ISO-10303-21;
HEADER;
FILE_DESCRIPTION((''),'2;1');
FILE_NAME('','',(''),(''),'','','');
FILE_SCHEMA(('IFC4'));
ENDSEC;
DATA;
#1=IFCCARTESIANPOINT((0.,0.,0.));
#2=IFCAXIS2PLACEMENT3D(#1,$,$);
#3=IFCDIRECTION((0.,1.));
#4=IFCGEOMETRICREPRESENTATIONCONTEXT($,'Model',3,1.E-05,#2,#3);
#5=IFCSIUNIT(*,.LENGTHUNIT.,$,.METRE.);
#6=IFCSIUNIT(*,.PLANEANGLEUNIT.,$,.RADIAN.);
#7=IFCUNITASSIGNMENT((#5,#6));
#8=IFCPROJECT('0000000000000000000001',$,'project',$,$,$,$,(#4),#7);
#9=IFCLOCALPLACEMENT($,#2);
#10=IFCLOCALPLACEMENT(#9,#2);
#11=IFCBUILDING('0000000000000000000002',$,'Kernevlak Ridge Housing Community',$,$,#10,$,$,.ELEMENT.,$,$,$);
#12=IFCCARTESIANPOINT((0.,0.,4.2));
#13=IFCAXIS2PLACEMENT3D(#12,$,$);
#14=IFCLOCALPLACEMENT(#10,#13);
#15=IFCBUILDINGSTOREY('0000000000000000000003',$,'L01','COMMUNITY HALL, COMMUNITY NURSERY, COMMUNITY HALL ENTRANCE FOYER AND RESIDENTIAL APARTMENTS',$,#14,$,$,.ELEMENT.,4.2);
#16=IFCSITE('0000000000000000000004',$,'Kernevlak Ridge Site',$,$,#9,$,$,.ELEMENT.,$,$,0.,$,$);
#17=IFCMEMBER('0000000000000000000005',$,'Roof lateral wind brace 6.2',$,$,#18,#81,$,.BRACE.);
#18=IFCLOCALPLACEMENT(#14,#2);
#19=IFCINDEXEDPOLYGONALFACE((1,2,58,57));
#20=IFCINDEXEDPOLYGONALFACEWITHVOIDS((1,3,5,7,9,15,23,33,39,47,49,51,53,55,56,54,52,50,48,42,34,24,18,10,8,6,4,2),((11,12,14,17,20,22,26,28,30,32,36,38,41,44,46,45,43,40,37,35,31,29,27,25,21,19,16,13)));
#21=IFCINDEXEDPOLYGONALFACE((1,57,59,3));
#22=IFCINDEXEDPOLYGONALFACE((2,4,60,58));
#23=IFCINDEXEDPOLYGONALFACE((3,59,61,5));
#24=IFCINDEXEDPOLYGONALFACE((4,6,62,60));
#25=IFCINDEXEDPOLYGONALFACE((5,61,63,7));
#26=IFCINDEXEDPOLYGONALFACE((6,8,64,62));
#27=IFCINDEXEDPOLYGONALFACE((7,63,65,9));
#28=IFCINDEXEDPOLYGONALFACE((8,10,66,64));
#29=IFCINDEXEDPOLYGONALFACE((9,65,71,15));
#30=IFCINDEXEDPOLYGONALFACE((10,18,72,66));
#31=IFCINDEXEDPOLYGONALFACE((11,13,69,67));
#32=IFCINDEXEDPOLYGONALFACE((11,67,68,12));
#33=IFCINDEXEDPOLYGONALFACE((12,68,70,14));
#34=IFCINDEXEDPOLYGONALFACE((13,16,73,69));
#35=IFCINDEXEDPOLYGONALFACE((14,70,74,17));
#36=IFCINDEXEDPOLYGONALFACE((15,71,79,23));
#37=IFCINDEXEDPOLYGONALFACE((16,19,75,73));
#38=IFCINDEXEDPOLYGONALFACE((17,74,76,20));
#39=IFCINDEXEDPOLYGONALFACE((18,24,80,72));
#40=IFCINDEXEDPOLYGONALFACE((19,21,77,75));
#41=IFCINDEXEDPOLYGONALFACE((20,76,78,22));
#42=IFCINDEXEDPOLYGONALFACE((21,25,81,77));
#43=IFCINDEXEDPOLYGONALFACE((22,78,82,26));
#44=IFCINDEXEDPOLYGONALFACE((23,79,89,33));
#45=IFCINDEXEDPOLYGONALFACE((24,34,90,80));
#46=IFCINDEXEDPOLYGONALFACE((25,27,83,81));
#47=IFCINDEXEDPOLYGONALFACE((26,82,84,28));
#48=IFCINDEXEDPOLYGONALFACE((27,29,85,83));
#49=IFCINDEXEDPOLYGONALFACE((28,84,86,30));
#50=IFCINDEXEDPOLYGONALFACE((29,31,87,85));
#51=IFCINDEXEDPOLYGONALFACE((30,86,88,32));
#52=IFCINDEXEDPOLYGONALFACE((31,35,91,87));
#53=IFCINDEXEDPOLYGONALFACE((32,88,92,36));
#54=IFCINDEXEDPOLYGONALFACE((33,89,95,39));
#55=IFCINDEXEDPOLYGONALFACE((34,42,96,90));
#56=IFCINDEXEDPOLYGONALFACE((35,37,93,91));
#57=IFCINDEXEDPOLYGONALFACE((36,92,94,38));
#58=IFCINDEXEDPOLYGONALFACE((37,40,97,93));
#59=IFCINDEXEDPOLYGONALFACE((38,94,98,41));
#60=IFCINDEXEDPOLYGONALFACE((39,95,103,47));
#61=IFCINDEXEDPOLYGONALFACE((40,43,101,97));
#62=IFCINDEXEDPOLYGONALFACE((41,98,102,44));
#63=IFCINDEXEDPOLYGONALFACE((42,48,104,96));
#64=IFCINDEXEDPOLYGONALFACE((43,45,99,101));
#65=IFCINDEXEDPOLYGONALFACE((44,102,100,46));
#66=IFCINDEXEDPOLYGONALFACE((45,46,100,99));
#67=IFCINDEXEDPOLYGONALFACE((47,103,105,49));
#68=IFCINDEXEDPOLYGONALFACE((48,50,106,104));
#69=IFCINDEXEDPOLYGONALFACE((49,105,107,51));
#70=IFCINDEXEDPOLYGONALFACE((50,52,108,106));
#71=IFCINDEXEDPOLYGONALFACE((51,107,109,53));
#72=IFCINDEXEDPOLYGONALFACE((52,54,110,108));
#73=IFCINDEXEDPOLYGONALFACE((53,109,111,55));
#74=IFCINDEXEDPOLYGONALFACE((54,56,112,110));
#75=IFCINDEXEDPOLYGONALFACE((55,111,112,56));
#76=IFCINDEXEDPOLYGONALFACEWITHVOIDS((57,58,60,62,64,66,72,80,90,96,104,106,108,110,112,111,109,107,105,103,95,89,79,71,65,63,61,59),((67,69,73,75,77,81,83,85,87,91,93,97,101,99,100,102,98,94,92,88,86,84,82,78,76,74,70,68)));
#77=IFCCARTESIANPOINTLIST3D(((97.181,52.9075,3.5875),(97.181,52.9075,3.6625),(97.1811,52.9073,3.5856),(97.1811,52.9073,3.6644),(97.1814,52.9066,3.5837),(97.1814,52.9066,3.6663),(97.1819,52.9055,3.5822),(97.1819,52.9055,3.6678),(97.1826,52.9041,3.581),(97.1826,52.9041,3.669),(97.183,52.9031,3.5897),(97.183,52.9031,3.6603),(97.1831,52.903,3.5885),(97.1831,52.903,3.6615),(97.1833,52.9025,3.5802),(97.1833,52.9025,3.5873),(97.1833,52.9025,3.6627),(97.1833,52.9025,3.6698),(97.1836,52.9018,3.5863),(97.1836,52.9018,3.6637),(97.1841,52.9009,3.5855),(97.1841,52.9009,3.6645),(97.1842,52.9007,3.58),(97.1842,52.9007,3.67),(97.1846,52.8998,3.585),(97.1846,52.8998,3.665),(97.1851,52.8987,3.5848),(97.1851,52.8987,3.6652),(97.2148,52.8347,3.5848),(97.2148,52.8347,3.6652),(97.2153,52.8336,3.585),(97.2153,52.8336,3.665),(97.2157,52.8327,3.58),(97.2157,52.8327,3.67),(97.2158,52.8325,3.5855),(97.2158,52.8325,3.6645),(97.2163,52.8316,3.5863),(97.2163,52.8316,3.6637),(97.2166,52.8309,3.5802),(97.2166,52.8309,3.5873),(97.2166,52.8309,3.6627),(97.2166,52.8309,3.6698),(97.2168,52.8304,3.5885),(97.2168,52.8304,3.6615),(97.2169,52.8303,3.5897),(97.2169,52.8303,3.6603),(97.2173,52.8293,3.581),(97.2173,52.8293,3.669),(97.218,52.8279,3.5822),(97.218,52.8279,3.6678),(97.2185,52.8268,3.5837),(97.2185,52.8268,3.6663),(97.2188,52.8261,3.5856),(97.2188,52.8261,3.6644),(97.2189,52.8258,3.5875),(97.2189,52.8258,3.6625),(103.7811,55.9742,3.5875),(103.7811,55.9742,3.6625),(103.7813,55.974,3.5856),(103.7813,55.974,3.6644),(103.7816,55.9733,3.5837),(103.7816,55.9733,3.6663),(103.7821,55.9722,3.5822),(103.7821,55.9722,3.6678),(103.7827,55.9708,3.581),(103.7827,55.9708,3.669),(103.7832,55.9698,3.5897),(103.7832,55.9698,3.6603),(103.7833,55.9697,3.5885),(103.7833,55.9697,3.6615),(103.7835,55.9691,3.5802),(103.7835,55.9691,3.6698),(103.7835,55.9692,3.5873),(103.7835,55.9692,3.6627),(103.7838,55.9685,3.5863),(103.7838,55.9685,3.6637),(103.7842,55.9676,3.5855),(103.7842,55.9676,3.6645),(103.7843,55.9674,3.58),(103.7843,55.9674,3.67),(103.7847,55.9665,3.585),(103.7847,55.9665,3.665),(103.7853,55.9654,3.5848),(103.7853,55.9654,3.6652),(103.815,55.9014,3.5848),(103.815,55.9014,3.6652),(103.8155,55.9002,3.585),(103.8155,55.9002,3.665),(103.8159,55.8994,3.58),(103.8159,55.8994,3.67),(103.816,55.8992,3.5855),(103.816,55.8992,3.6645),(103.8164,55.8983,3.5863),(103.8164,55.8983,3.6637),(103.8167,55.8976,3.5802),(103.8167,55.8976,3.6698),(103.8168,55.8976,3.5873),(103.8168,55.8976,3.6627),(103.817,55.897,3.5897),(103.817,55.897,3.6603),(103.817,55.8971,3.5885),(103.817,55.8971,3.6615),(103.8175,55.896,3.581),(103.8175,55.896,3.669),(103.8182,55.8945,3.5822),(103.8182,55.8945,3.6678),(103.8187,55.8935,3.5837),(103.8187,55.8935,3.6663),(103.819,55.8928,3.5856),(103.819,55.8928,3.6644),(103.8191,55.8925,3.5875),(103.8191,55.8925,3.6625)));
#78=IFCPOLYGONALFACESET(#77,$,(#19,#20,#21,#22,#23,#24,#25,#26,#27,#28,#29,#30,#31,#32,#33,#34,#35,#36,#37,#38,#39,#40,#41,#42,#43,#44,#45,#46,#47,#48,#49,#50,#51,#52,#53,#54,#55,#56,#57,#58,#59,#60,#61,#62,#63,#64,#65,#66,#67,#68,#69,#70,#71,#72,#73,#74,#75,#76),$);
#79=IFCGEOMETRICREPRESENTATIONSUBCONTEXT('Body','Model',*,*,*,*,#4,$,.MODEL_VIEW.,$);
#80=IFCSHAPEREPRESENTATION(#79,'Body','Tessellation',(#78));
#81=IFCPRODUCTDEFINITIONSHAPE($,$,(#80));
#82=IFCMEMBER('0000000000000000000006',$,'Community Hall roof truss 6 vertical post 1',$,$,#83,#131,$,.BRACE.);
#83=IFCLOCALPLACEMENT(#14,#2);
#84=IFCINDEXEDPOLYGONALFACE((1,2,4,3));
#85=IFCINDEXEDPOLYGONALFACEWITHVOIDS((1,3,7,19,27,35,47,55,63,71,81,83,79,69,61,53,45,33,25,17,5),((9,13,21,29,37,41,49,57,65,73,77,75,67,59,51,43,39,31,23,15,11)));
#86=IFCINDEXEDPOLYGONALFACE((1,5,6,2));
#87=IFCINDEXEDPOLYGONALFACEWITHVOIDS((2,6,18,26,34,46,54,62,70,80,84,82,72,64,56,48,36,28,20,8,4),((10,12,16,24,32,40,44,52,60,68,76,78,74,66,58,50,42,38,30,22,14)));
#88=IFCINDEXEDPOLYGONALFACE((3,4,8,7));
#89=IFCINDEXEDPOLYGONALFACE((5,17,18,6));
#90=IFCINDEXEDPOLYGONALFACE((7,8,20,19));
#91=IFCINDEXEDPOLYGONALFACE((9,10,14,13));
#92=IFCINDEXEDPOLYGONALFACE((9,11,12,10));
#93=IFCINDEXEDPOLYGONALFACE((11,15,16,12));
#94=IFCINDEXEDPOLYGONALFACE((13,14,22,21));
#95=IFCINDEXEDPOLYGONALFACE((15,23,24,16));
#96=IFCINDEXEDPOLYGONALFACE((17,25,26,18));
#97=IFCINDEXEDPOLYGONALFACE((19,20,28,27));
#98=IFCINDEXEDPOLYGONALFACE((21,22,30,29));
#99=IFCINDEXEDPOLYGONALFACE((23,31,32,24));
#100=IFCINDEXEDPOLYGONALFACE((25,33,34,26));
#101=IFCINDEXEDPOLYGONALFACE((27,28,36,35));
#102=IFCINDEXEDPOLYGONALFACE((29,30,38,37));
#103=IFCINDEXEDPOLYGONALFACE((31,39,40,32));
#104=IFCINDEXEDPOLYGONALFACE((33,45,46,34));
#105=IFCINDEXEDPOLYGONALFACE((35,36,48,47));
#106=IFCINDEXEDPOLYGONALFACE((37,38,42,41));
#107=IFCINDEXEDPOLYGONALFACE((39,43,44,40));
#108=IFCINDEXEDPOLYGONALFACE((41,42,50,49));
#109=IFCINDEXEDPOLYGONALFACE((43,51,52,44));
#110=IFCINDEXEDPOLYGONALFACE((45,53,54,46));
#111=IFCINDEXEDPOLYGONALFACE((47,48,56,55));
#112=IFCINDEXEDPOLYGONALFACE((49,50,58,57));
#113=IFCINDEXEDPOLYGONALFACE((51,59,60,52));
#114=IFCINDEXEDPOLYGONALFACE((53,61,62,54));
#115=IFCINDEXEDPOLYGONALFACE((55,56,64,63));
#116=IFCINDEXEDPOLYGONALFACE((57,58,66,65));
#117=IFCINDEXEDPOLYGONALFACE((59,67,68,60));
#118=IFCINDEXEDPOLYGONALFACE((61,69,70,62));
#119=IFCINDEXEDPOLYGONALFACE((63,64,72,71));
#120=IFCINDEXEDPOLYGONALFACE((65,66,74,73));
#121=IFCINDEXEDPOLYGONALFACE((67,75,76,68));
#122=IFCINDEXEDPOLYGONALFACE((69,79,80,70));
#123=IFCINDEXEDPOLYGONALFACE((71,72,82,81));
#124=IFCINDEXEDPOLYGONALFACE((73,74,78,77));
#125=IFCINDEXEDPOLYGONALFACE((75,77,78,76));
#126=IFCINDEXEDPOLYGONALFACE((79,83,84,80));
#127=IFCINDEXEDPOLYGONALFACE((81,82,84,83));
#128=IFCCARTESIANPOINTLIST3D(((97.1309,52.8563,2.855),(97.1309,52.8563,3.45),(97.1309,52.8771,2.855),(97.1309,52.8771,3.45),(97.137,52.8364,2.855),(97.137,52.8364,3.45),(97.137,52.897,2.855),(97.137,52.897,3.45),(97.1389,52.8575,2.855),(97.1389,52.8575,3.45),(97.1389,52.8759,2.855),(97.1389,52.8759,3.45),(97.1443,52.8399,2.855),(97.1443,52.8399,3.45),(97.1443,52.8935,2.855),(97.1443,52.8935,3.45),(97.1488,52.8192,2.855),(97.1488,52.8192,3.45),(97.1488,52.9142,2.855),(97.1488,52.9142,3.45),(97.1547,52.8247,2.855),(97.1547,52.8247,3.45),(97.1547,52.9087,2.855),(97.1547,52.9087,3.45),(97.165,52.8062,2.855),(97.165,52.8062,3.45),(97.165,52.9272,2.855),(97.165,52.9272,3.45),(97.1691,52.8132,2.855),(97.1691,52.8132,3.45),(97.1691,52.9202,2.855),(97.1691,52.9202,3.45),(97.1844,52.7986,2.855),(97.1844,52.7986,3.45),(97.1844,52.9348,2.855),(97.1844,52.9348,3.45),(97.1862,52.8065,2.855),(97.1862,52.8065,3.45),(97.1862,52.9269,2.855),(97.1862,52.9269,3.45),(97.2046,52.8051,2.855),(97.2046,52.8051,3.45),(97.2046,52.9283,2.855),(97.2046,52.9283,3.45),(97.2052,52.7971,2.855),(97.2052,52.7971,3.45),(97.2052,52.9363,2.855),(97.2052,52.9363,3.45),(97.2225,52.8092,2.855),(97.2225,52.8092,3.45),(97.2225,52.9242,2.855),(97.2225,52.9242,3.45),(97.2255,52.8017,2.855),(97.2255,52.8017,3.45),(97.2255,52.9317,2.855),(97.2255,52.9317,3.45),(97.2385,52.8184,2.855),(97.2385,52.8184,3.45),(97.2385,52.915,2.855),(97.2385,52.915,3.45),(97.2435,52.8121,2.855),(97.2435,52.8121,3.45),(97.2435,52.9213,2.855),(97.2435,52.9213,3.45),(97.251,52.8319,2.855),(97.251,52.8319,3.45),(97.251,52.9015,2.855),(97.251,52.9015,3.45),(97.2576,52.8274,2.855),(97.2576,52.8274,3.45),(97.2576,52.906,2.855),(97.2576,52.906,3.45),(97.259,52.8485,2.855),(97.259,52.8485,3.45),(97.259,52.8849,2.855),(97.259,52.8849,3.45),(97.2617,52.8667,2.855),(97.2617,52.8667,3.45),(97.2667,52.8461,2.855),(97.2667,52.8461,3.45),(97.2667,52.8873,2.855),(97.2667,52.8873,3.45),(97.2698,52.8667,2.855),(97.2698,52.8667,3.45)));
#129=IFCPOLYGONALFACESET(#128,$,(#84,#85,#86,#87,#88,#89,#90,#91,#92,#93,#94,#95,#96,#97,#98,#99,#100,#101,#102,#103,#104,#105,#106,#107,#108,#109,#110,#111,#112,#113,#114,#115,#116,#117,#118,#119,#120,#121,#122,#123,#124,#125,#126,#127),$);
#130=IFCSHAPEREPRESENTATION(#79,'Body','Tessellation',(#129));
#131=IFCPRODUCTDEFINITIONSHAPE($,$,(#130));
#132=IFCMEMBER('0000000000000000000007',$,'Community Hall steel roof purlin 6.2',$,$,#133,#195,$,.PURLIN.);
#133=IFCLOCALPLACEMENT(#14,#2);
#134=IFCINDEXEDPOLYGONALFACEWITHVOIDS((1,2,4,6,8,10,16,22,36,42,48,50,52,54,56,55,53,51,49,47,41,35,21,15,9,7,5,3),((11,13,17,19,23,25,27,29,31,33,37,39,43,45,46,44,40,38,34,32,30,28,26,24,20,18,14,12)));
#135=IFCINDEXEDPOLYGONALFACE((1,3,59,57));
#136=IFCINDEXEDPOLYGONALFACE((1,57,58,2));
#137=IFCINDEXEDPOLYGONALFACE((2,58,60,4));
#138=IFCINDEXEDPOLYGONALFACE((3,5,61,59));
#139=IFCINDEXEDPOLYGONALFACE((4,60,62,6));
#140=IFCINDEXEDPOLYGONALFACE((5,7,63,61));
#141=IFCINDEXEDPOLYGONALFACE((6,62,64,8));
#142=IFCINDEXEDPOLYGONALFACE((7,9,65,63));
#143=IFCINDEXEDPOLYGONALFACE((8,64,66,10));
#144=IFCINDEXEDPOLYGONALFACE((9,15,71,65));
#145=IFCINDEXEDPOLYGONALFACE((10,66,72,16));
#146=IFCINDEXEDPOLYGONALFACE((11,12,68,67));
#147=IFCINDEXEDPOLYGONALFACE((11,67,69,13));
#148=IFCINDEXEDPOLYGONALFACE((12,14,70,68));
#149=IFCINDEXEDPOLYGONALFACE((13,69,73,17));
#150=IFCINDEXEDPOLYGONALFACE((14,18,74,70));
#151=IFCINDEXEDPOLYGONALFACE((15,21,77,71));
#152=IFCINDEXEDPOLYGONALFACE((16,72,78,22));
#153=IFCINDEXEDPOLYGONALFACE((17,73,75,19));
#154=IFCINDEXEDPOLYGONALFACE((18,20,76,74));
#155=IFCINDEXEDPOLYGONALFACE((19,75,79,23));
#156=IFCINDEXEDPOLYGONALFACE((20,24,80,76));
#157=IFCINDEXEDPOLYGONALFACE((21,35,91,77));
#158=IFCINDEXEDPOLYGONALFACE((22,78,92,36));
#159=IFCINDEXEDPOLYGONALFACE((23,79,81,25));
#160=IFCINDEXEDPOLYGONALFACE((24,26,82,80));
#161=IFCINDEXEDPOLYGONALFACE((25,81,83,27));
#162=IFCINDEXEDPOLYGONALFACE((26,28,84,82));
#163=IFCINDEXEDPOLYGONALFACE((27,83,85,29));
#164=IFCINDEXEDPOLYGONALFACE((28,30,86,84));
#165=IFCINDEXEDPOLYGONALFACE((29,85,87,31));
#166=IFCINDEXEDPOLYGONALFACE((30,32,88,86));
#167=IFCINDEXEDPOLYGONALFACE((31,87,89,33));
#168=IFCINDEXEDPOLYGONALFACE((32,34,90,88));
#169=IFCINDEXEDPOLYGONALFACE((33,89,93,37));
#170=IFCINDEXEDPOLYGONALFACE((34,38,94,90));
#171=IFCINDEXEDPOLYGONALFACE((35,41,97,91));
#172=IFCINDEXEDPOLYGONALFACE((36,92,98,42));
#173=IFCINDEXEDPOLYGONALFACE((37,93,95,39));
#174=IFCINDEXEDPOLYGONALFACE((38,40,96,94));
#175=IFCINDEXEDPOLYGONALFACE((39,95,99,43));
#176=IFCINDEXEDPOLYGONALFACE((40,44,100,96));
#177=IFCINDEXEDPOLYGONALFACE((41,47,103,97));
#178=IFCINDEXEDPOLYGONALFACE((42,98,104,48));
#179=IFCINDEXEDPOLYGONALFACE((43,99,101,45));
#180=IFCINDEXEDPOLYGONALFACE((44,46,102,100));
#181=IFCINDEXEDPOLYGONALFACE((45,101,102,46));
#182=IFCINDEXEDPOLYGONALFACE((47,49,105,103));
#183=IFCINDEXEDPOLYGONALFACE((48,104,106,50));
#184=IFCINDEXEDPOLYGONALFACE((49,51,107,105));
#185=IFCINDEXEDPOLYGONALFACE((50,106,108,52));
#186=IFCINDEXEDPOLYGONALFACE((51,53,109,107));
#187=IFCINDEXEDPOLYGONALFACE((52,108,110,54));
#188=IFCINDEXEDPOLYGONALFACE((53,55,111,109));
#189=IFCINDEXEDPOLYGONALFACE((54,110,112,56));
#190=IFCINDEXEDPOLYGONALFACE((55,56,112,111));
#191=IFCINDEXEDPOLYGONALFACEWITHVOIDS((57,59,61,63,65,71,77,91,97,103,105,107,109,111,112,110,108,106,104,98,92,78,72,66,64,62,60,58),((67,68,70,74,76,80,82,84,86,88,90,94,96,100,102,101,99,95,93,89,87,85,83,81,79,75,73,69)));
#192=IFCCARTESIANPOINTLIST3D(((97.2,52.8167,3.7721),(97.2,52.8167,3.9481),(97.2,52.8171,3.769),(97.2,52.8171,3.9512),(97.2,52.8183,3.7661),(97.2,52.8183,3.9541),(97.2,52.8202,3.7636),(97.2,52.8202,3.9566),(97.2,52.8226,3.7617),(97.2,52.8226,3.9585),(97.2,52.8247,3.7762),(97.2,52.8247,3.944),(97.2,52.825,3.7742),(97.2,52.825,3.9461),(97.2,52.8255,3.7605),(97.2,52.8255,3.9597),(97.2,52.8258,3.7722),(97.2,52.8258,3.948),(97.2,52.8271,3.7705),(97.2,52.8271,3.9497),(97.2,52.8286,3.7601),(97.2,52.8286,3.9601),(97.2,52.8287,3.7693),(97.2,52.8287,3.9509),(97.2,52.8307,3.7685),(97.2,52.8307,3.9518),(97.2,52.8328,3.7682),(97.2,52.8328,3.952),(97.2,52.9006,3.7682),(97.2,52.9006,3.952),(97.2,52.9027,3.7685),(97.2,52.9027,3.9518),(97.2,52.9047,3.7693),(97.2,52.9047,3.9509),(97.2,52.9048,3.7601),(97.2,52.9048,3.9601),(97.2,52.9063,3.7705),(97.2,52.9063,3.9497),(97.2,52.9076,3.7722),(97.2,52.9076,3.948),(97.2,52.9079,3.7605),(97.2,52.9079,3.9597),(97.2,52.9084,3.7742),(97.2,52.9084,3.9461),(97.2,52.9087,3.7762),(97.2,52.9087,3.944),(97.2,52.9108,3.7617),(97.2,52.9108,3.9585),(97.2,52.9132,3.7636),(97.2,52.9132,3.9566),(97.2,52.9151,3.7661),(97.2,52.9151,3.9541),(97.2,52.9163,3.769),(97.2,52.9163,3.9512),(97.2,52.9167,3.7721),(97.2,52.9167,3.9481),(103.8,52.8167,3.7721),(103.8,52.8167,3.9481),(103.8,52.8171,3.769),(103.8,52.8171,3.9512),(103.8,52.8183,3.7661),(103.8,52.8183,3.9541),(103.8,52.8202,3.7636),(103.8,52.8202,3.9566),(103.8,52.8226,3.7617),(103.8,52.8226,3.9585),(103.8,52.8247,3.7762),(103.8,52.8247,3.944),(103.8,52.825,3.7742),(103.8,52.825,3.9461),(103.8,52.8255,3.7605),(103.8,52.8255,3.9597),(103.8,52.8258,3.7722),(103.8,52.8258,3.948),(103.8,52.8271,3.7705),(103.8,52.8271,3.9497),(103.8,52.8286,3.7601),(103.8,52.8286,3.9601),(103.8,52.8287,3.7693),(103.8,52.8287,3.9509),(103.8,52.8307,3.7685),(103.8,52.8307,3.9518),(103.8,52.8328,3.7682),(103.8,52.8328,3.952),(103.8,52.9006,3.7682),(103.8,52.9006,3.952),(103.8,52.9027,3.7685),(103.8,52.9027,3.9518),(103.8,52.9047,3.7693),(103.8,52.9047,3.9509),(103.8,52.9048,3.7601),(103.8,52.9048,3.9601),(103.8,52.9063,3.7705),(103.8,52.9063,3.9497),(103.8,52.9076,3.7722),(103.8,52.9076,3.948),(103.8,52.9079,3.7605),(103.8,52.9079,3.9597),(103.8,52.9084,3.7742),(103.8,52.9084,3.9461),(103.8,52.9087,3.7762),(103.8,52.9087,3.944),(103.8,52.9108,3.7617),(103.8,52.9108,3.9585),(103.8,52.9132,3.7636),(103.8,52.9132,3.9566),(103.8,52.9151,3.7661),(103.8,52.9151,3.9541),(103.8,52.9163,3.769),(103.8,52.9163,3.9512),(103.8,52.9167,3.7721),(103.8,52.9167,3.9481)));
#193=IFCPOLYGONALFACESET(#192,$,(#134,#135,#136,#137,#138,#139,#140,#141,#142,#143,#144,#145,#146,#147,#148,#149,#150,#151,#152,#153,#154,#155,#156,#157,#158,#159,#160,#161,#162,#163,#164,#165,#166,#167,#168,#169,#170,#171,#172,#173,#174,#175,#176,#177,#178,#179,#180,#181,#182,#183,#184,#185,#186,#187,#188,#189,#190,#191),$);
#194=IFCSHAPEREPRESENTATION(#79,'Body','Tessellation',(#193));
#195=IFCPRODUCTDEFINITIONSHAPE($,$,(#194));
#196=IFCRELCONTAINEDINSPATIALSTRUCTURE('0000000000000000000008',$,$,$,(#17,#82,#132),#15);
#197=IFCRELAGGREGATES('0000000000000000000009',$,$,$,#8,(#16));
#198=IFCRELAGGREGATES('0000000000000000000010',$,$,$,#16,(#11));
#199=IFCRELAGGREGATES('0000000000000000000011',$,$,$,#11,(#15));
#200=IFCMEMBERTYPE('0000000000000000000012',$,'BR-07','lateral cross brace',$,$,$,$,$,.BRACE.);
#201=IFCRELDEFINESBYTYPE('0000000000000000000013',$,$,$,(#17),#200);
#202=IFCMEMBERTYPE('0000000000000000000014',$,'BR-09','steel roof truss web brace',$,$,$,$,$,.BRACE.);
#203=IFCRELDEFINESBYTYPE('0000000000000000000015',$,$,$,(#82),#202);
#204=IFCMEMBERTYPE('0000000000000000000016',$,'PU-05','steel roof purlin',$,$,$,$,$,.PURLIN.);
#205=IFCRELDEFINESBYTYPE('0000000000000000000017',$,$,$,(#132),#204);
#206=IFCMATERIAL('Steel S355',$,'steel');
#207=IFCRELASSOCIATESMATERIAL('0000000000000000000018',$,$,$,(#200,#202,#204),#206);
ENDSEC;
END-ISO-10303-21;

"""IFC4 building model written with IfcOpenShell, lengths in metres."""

from ifc_helpers import new_model, si_unit, direction, frame, origin, origin_2d, place, context, subcontext, project, spatial, hollow_rectangle, hollow_circle, extrude, material, material_profile, profile_set, type_object, element, save


model = new_model("IFC4")

# Units and contexts
model_context = context("Model", 3, precision=1e-05, world=origin(), true_north=direction((0.0, 1.0)))
body_context = subcontext(model_context, "Body", "Model", "MODEL_VIEW")
ifc_project = project(units=[si_unit("LENGTHUNIT", "METRE"), si_unit("PLANEANGLEUNIT", "RADIAN")], contexts=[model_context])

# Site, building, storey
site_placement = place(None, origin())
site = spatial("IfcSite", under=ifc_project, at=site_placement, Name="Kernevlak Ridge Site", CompositionType="ELEMENT", RefElevation=0.0)
building_placement = place(site_placement, origin())
building = spatial("IfcBuilding", under=site, at=building_placement, Name="Kernevlak Ridge Housing Community", CompositionType="ELEMENT")
storey_placement = place(building_placement, frame((0.0, 0.0, 4.2)))
storey = spatial("IfcBuildingStorey", under=building, at=storey_placement, Name="L01", Description="COMMUNITY HALL, COMMUNITY NURSERY, COMMUNITY HALL ENTRANCE FOYER AND RESIDENTIAL APARTMENTS", CompositionType="ELEMENT", Elevation=4.2)

# Shared definitions
ifc_material_1 = material(Name="Steel S355", Category="steel")

# Members
ifc_material_profile_1 = material_profile(ifc_material_1, hollow_rectangle(XDim=0.0901, YDim=0.0901, WallThickness=0.0049, InnerFilletRadius=0.0049, OuterFilletRadius=0.0076, at=origin_2d()), Name="SHS 90x90x5")
ifc_profile_set_1 = profile_set([ifc_material_profile_1], Name="Steel S355")
member_type_1 = type_object("IfcMemberType", Name="BR-07", Description="lateral cross brace", PredefinedType="BRACE", material=ifc_profile_set_1)
member_1_placement = place(storey_placement, frame((97.2, 52.8667, 3.625), z_axis=(0.906887, 0.421373, 0.0), x_axis=(-0.421373, 0.906887, 0.0)))
element("IfcMember", 1, at=member_1_placement, inside=storey, type_object=member_type_1, Name="Roof lateral wind brace 6.2", PredefinedType="BRACE", context=body_context, shape_type="SweptSolid", body=[
    extrude(hollow_rectangle(XDim=0.0901, YDim=0.0901, WallThickness=0.0049, InnerFilletRadius=0.0049, OuterFilletRadius=0.0076, at=origin_2d()), origin(), (0.0, 0.0, 1.0), 7.2778),
])
ifc_material_profile_2 = material_profile(ifc_material_1, hollow_circle(Radius=0.0698, WallThickness=0.0081, at=origin_2d()), Name="CHS 139.7x8")
ifc_profile_set_2 = profile_set([ifc_material_profile_2], Name="Steel S355")
member_type_2 = type_object("IfcMemberType", Name="BR-09", Description="steel roof truss web brace", PredefinedType="BRACE", material=ifc_profile_set_2)
member_2_placement = place(storey_placement, frame((97.2, 52.8667, 2.855), z_axis=(0.0, 0.0, 1.0), x_axis=(1.0, 0.0, 0.0)))
element("IfcMember", 2, at=member_2_placement, inside=storey, type_object=member_type_2, Name="Community Hall roof truss 6 vertical post 1", PredefinedType="BRACE", context=body_context, shape_type="SweptSolid", body=[
    extrude(hollow_circle(Radius=0.0698, WallThickness=0.0081, at=origin_2d()), origin(), (0.0, 0.0, 1.0), 0.595),
])
ifc_material_profile_3 = material_profile(ifc_material_1, hollow_rectangle(XDim=0.1001, YDim=0.2, WallThickness=0.0081, InnerFilletRadius=0.0081, OuterFilletRadius=0.012, at=origin_2d()), Name="RHS 200x100x8")
ifc_profile_set_3 = profile_set([ifc_material_profile_3], Name="Steel S355")
member_type_3 = type_object("IfcMemberType", Name="PU-05", Description="steel roof purlin", PredefinedType="PURLIN", material=ifc_profile_set_3)
member_3_placement = place(storey_placement, frame((97.2, 52.8667, 3.8601), z_axis=(1.0, 0.0, 0.0), x_axis=(0.0, 1.0, 0.0)))
element("IfcMember", 3, at=member_3_placement, inside=storey, type_object=member_type_3, Name="Community Hall steel roof purlin 6.2", PredefinedType="PURLIN", context=body_context, shape_type="SweptSolid", body=[
    extrude(hollow_rectangle(XDim=0.1001, YDim=0.2, WallThickness=0.0081, InnerFilletRadius=0.0081, OuterFilletRadius=0.012, at=origin_2d()), origin(), (0.0, 0.0, 1.0), 6.6001),
])

save(model, "model.ifc")
